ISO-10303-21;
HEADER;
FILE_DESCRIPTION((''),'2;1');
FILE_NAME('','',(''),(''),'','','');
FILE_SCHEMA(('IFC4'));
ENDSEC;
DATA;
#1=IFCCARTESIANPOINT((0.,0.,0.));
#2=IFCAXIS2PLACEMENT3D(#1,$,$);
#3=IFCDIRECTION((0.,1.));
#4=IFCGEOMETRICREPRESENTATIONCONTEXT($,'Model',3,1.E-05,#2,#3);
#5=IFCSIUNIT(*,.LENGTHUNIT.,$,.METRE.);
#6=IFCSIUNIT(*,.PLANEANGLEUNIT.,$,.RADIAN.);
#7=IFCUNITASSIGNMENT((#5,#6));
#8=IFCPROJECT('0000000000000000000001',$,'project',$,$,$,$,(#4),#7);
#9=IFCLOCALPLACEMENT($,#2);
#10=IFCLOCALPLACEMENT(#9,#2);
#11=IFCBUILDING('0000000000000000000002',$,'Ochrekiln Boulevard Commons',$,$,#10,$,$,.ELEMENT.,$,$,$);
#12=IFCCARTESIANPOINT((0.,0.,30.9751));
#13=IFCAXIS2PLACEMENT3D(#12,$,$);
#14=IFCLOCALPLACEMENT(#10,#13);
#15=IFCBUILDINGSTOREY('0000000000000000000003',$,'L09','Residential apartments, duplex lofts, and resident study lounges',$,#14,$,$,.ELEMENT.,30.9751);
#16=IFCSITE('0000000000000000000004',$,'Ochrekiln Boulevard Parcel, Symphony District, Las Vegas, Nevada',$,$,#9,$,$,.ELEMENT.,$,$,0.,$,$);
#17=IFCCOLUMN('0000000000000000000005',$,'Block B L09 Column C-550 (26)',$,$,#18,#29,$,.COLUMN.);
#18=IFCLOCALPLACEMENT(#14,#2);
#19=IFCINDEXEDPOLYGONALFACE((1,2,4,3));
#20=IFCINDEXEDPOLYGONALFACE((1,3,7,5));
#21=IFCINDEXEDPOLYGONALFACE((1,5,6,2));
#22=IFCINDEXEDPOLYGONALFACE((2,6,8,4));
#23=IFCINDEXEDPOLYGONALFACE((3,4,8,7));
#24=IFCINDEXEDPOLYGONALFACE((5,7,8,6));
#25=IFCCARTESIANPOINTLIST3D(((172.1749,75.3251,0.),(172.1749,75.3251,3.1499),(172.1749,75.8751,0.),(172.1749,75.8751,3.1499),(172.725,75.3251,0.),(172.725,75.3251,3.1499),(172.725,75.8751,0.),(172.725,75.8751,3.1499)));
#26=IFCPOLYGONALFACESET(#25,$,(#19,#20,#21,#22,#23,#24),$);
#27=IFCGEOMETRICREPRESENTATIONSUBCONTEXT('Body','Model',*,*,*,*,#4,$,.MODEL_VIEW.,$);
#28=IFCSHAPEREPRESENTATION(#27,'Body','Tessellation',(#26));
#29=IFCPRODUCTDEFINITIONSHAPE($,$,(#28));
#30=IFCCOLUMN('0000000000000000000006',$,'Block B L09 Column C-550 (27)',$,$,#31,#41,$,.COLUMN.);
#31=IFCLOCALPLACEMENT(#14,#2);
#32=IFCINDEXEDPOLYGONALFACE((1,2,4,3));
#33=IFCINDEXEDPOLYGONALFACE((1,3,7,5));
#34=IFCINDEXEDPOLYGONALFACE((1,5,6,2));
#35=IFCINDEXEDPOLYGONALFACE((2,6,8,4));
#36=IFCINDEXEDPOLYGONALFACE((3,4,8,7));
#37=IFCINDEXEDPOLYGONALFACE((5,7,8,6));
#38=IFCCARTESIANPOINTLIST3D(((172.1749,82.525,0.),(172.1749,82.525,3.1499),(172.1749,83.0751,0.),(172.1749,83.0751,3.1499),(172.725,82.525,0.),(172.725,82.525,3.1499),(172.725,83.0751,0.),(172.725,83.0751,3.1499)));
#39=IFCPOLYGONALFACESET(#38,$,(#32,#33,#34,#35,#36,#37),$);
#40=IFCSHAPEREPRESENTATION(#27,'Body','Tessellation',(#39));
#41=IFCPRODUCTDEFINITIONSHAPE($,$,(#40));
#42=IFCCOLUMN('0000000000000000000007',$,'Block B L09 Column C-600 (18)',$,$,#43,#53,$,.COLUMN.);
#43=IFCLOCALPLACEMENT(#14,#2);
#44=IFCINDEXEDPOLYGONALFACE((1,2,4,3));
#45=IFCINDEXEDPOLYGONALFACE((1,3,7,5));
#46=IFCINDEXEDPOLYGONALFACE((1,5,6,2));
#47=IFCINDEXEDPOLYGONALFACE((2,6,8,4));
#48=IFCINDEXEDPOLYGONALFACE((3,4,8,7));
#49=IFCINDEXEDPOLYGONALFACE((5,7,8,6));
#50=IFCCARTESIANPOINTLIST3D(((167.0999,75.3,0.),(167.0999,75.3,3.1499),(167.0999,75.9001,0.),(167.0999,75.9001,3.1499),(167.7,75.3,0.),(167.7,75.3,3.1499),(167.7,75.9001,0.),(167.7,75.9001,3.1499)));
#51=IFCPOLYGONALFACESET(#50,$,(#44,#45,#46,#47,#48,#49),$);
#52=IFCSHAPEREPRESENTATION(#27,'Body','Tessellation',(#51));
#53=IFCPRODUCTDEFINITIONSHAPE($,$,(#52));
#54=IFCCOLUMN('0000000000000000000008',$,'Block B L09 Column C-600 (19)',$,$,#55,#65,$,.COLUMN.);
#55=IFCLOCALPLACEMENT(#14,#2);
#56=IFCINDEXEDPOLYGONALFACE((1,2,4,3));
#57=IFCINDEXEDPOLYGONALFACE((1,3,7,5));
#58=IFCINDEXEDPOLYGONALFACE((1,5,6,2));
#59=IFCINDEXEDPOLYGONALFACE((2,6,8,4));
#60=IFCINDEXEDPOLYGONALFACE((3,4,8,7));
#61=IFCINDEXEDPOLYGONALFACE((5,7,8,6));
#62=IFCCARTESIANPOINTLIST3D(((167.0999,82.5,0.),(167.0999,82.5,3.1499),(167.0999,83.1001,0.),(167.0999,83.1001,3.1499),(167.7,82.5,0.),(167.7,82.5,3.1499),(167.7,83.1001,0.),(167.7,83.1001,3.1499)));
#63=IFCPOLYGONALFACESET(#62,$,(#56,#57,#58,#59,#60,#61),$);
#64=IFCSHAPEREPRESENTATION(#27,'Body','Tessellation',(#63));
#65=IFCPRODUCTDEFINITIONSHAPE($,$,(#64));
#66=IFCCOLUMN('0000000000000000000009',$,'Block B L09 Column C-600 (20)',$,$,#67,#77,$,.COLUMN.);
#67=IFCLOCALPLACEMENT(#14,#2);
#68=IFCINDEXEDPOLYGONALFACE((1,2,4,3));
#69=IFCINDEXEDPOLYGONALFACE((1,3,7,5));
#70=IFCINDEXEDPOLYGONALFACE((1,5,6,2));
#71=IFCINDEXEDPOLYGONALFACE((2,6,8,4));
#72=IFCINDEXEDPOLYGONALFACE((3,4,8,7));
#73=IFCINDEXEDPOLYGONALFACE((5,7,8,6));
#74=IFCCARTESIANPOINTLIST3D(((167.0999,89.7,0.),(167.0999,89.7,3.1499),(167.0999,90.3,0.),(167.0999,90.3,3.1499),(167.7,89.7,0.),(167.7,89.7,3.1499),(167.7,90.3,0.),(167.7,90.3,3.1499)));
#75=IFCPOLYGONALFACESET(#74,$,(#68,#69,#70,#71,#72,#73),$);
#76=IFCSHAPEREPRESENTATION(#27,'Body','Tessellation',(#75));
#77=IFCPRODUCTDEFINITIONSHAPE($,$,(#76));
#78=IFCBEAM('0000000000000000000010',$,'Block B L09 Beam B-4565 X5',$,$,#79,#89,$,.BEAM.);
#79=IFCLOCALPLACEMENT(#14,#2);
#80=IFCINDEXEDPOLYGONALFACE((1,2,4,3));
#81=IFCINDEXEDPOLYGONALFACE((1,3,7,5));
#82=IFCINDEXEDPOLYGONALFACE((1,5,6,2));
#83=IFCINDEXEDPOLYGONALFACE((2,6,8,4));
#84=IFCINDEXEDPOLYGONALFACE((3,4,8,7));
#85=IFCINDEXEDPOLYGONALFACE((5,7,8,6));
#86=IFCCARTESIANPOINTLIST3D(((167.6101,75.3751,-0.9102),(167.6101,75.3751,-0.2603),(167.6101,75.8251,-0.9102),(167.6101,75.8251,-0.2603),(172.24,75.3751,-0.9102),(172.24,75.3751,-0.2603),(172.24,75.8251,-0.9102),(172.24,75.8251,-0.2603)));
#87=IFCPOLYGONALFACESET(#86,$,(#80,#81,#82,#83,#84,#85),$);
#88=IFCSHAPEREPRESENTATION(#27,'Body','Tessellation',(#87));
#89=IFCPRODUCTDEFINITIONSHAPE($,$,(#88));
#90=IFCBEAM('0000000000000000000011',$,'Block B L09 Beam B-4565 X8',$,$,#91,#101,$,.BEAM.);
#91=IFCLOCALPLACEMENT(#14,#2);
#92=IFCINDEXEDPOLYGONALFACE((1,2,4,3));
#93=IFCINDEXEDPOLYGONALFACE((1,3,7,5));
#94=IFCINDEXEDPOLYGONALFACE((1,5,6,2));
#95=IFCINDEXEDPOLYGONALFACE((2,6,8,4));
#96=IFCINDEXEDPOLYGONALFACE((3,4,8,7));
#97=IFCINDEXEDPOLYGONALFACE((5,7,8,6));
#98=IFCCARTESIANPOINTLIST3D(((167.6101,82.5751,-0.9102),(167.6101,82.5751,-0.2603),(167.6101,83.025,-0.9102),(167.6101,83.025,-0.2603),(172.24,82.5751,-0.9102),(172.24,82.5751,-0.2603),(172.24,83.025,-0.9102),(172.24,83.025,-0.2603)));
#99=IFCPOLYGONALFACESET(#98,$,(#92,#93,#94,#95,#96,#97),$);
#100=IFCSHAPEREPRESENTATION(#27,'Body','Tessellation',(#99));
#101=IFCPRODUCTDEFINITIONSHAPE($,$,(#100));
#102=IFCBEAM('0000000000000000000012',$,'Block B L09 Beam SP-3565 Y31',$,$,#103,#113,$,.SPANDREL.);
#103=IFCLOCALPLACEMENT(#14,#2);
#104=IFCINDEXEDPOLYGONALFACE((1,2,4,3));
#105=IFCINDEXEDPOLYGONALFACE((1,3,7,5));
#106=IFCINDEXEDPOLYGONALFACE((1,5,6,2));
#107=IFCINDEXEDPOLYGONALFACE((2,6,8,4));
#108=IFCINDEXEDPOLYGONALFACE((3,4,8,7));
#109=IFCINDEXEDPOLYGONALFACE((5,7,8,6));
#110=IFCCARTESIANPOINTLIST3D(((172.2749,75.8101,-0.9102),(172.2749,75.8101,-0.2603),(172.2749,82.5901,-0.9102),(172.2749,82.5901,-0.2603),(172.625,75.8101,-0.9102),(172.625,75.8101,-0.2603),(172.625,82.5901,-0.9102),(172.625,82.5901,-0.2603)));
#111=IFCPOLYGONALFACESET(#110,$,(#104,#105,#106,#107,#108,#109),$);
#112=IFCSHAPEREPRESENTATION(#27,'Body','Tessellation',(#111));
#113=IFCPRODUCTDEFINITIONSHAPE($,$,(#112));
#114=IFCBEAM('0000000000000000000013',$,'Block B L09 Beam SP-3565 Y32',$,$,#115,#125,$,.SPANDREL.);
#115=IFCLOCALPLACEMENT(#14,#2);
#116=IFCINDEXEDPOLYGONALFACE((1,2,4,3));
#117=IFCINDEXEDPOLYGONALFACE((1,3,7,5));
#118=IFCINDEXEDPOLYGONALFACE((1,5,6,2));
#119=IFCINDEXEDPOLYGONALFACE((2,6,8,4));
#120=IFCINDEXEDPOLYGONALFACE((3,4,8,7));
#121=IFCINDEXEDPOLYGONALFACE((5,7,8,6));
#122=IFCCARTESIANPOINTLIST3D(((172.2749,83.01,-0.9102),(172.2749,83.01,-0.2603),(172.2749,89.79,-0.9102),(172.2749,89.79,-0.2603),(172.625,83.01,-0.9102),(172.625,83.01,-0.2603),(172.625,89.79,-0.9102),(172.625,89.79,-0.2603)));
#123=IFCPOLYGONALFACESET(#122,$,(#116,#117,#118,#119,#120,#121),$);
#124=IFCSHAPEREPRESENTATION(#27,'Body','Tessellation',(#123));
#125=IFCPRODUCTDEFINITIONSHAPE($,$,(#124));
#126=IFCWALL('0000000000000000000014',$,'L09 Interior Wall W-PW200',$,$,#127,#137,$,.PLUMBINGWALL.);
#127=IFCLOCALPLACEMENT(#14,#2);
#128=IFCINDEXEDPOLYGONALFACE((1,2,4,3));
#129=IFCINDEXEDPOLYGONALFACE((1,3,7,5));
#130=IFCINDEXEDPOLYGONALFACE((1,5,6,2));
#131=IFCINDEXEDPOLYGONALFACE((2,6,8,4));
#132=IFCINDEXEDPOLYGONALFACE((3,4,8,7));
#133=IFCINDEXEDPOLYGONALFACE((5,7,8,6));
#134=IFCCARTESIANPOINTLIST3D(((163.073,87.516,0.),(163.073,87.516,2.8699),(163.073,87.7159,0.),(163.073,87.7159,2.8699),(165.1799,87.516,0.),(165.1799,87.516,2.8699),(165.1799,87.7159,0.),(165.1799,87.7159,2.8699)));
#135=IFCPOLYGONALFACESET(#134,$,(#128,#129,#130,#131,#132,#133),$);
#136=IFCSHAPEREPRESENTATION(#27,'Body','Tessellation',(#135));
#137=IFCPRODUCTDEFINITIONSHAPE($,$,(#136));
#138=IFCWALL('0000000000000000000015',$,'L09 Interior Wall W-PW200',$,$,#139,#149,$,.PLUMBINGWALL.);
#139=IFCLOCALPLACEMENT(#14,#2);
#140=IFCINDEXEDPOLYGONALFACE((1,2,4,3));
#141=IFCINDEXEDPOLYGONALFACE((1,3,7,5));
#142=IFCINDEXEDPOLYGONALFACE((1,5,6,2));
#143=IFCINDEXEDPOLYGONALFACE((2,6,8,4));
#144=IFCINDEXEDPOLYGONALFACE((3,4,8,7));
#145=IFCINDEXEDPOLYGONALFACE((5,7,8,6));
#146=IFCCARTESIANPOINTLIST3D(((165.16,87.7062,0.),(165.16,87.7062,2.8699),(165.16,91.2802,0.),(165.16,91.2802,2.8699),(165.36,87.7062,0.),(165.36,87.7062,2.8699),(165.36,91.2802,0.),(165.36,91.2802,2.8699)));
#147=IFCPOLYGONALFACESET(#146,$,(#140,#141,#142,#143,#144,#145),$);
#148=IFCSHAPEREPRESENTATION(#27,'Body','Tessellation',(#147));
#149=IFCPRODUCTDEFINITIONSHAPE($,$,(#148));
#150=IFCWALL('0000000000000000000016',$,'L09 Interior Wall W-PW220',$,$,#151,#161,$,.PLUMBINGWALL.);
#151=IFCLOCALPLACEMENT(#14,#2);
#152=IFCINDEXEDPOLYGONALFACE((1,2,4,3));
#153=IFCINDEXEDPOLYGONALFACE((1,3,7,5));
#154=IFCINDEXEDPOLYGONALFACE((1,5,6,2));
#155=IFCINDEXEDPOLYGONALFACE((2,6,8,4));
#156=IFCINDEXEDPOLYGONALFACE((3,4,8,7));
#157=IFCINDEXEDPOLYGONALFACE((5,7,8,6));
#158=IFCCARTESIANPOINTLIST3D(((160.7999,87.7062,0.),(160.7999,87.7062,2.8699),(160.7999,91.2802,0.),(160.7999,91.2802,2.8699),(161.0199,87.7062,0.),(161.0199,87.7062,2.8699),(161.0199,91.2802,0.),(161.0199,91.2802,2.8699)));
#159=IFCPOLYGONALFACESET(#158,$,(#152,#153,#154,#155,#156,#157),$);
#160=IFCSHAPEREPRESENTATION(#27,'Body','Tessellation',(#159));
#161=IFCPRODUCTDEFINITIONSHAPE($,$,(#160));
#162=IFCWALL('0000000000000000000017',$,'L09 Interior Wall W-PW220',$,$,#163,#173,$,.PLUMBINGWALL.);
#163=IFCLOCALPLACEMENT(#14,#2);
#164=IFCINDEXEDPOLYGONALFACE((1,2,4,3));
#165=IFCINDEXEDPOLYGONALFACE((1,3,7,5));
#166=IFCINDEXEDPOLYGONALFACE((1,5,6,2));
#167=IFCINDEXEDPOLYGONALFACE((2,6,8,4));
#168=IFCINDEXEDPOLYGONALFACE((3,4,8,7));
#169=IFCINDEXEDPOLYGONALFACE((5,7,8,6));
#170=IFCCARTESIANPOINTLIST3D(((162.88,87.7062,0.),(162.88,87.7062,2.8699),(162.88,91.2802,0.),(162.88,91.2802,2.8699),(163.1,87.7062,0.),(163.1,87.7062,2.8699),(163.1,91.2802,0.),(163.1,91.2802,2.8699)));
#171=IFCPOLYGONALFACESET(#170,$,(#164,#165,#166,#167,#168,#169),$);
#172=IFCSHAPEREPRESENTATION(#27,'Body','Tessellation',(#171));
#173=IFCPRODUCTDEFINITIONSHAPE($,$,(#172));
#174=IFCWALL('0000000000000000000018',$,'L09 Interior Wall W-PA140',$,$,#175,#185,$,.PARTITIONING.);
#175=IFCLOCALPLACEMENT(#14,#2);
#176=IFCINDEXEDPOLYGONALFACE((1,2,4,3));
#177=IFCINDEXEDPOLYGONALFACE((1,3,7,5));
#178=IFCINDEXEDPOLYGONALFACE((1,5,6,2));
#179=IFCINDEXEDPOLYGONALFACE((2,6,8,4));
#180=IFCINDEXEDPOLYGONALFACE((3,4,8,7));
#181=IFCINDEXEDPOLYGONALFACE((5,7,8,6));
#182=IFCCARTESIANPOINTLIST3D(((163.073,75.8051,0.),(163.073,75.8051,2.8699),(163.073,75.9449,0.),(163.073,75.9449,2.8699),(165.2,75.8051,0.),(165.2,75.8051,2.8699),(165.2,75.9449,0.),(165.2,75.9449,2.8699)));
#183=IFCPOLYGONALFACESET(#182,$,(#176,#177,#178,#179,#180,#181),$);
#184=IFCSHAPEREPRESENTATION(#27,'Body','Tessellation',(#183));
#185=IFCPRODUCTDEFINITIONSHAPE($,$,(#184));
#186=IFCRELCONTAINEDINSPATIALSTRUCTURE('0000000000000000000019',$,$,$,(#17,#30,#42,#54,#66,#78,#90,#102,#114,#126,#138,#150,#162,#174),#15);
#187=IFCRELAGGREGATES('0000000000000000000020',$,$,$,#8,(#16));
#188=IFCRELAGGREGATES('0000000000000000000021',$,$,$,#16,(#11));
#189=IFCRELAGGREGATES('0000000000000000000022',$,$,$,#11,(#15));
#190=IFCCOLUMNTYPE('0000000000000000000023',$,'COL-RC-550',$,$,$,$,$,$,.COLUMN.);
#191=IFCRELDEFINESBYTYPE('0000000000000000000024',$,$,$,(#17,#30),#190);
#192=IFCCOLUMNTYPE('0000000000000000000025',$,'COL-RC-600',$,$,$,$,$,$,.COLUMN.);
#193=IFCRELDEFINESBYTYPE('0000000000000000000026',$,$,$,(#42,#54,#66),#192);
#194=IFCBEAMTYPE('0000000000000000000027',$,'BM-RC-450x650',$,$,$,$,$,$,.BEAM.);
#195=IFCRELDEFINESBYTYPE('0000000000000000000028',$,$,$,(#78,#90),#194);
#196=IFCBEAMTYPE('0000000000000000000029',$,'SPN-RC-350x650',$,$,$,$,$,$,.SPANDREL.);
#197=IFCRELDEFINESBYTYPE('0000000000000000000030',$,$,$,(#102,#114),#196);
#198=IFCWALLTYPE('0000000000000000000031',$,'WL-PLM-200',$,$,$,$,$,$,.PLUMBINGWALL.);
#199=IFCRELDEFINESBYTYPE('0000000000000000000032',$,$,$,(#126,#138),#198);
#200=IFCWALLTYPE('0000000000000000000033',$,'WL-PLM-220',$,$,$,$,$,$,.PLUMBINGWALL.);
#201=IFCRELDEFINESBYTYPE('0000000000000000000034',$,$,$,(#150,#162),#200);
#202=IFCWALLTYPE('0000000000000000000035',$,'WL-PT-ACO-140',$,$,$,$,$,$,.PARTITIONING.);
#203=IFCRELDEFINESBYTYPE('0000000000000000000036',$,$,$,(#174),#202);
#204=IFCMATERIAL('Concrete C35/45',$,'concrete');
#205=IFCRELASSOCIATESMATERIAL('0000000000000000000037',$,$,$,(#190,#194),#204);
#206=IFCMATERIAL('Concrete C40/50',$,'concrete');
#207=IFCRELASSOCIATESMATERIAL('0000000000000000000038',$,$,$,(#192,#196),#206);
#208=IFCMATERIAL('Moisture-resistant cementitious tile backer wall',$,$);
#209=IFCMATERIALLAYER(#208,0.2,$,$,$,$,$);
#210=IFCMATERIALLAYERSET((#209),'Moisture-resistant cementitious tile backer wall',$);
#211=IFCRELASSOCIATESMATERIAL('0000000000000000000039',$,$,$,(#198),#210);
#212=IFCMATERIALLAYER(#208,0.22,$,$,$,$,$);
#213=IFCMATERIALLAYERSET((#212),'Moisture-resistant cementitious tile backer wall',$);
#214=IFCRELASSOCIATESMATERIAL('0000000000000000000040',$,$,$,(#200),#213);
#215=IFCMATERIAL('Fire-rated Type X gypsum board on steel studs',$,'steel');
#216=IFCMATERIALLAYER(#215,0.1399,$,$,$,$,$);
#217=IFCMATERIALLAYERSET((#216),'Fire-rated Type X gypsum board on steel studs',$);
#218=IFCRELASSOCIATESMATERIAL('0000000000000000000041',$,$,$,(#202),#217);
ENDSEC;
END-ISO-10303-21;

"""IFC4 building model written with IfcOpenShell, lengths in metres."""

from ifc_helpers import new_model, si_unit, direction, frame, frame_2d, origin, origin_2d, place, context, subcontext, project, spatial, rectangle, extrude, material, layer, layer_set, material_profile, profile_set, type_object, element, save


model = new_model("IFC4")

# Units and contexts
model_context = context("Model", 3, precision=1e-05, world=origin(), true_north=direction((0.0, 1.0)))
body_context = subcontext(model_context, "Body", "Model", "MODEL_VIEW")
ifc_project = project(units=[si_unit("LENGTHUNIT", "METRE"), si_unit("PLANEANGLEUNIT", "RADIAN")], contexts=[model_context])

# Site, building, storey
site_placement = place(None, origin())
site = spatial("IfcSite", under=ifc_project, at=site_placement, Name="Ochrekiln Boulevard Parcel, Symphony District, Las Vegas, Nevada", CompositionType="ELEMENT", RefElevation=0.0)
building_placement = place(site_placement, origin())
building = spatial("IfcBuilding", under=site, at=building_placement, Name="Ochrekiln Boulevard Commons", CompositionType="ELEMENT")
storey_placement = place(building_placement, frame((0.0, 0.0, 30.9751)))
storey = spatial("IfcBuildingStorey", under=building, at=storey_placement, Name="L09", Description="Residential apartments, duplex lofts, and resident study lounges", CompositionType="ELEMENT", Elevation=30.9751)

# Columns
ifc_material_1 = material(Name="Concrete C35/45", Category="concrete")
ifc_material_profile_1 = material_profile(ifc_material_1, rectangle(XDim=0.55, YDim=0.55, at=origin_2d()), Name="RC-COL-550x550")
ifc_profile_set_1 = profile_set([ifc_material_profile_1], Name="Concrete C35/45")
column_type_1 = type_object("IfcColumnType", Name="COL-RC-550", PredefinedType="COLUMN", material=ifc_profile_set_1)
for number, where, z_axis, x_axis, name in (
    (1, (172.45, 75.6001, 0.0), (0.0, 0.0, 1.0), (1.0, 0.0, 0.0), "Block B L09 Column C-550 (26)"),
    (2, (172.45, 82.8, 0.0), (0.0, 0.0, 1.0), (1.0, 0.0, 0.0), "Block B L09 Column C-550 (27)"),
):
    element("IfcColumn", number, at=place(storey_placement, frame(where, z_axis=z_axis, x_axis=x_axis)), inside=storey, type_object=column_type_1, Name=name, PredefinedType="COLUMN", context=body_context, shape_type="SweptSolid", body=[
        extrude(rectangle(XDim=0.55, YDim=0.55, at=origin_2d()), origin(), (0.0, 0.0, 1.0), 3.1499),
    ])
ifc_material_2 = material(Name="Concrete C40/50", Category="concrete")
ifc_material_profile_2 = material_profile(ifc_material_2, rectangle(XDim=0.6001, YDim=0.6001, at=origin_2d()), Name="RC-COL-600x600")
ifc_profile_set_2 = profile_set([ifc_material_profile_2], Name="Concrete C40/50")
column_type_2 = type_object("IfcColumnType", Name="COL-RC-600", PredefinedType="COLUMN", material=ifc_profile_set_2)
for number, where, z_axis, x_axis, name in (
    (3, (167.3999, 75.6001, 0.0), (0.0, 0.0, 1.0), (1.0, 0.0, 0.0), "Block B L09 Column C-600 (18)"),
    (4, (167.3999, 82.8, 0.0), (0.0, 0.0, 1.0), (1.0, 0.0, 0.0), "Block B L09 Column C-600 (19)"),
    (5, (167.3999, 90.0, 0.0), (0.0, 0.0, 1.0), (1.0, 0.0, 0.0), "Block B L09 Column C-600 (20)"),
):
    element("IfcColumn", number, at=place(storey_placement, frame(where, z_axis=z_axis, x_axis=x_axis)), inside=storey, type_object=column_type_2, Name=name, PredefinedType="COLUMN", context=body_context, shape_type="SweptSolid", body=[
        extrude(rectangle(XDim=0.6001, YDim=0.6001, at=origin_2d()), origin(), (0.0, 0.0, 1.0), 3.1499),
    ])

# Beams
ifc_material_profile_3 = material_profile(ifc_material_1, rectangle(XDim=0.45, YDim=0.6499, at=origin_2d()), Name="RC-BM-450x650")
ifc_profile_set_3 = profile_set([ifc_material_profile_3], Name="Concrete C35/45")
beam_type_1 = type_object("IfcBeamType", Name="BM-RC-450x650", PredefinedType="BEAM", material=ifc_profile_set_3)
for number, where, z_axis, x_axis, name in (
    (6, (167.6101, 75.6001, -0.5852), (1.0, 0.0, 0.0), (0.0, 1.0, 0.0), "Block B L09 Beam B-4565 X5"),
    (7, (167.6101, 82.8, -0.5852), (1.0, 0.0, 0.0), (0.0, 1.0, 0.0), "Block B L09 Beam B-4565 X8"),
):
    element("IfcBeam", number, at=place(storey_placement, frame(where, z_axis=z_axis, x_axis=x_axis)), inside=storey, type_object=beam_type_1, Name=name, PredefinedType="BEAM", context=body_context, shape_type="SweptSolid", body=[
        extrude(rectangle(XDim=0.45, YDim=0.6499, at=origin_2d()), origin(), (0.0, 0.0, 1.0), 4.6299),
    ])
ifc_material_profile_4 = material_profile(ifc_material_2, rectangle(XDim=0.3501, YDim=0.6499, at=origin_2d()), Name="RC-SPN-350x650")
ifc_profile_set_4 = profile_set([ifc_material_profile_4], Name="Concrete C40/50")
beam_type_2 = type_object("IfcBeamType", Name="SPN-RC-350x650", PredefinedType="SPANDREL", material=ifc_profile_set_4)
for number, where, z_axis, x_axis, name in (
    (8, (172.45, 75.8101, -0.5852), (0.0, 1.0, 0.0), (-1.0, 0.0, 0.0), "Block B L09 Beam SP-3565 Y31"),
    (9, (172.45, 83.01, -0.5852), (0.0, 1.0, 0.0), (-1.0, 0.0, 0.0), "Block B L09 Beam SP-3565 Y32"),
):
    element("IfcBeam", number, at=place(storey_placement, frame(where, z_axis=z_axis, x_axis=x_axis)), inside=storey, type_object=beam_type_2, Name=name, PredefinedType="SPANDREL", context=body_context, shape_type="SweptSolid", body=[
        extrude(rectangle(XDim=0.3501, YDim=0.6499, at=origin_2d()), origin(), (0.0, 0.0, 1.0), 6.78),
    ])

# Walls
ifc_material_3 = material(Name="Moisture-resistant cementitious tile backer wall")
ifc_layer_1 = layer(ifc_material_3, 0.2)
ifc_layer_set_1 = layer_set([ifc_layer_1], Name="Moisture-resistant cementitious tile backer wall")
wall_type_1 = type_object("IfcWallType", Name="WL-PLM-200", PredefinedType="PLUMBINGWALL", material=ifc_layer_set_1)
wall_1_placement = place(storey_placement, frame((163.073, 87.616, 0.0), z_axis=(0.0, 0.0, 1.0), x_axis=(1.0, 0.0, 0.0)))
element("IfcWall", 10, at=wall_1_placement, inside=storey, type_object=wall_type_1, Name="L09 Interior Wall W-PW200", PredefinedType="PLUMBINGWALL", context=body_context, shape_type="SweptSolid", body=[
    extrude(rectangle(XDim=2.1069, YDim=0.2, at=frame_2d((1.0535, 0.0))), origin(), (0.0, 0.0, 1.0), 2.8699),
])
wall_2_placement = place(storey_placement, frame((165.26, 87.7061, 0.0), z_axis=(0.0, 0.0, 1.0), x_axis=(0.0, 1.0, 0.0)))
element("IfcWall", 11, at=wall_2_placement, inside=storey, type_object=wall_type_1, Name="L09 Interior Wall W-PW200", PredefinedType="PLUMBINGWALL", context=body_context, shape_type="SweptSolid", body=[
    extrude(rectangle(XDim=3.574, YDim=0.2, at=frame_2d((1.7871, 0.0))), origin(), (0.0, 0.0, 1.0), 2.8699),
])
ifc_layer_2 = layer(ifc_material_3, 0.22)
ifc_layer_set_2 = layer_set([ifc_layer_2], Name="Moisture-resistant cementitious tile backer wall")
wall_type_2 = type_object("IfcWallType", Name="WL-PLM-220", PredefinedType="PLUMBINGWALL", material=ifc_layer_set_2)
for number, where, z_axis, x_axis, name in (
    (12, (160.9099, 87.7061, 0.0), (0.0, 0.0, 1.0), (0.0, 1.0, 0.0), "L09 Interior Wall W-PW220"),
    (13, (162.99, 87.7061, 0.0), (0.0, 0.0, 1.0), (0.0, 1.0, 0.0), "L09 Interior Wall W-PW220"),
):
    element("IfcWall", number, at=place(storey_placement, frame(where, z_axis=z_axis, x_axis=x_axis)), inside=storey, type_object=wall_type_2, Name=name, PredefinedType="PLUMBINGWALL", context=body_context, shape_type="SweptSolid", body=[
        extrude(rectangle(XDim=3.574, YDim=0.22, at=frame_2d((1.7871, 0.0))), origin(), (0.0, 0.0, 1.0), 2.8699),
    ])
ifc_material_4 = material(Name="Fire-rated Type X gypsum board on steel studs", Category="steel")
ifc_layer_3 = layer(ifc_material_4, 0.1399)
ifc_layer_set_3 = layer_set([ifc_layer_3], Name="Fire-rated Type X gypsum board on steel studs")
wall_type_3 = type_object("IfcWallType", Name="WL-PT-ACO-140", PredefinedType="PARTITIONING", material=ifc_layer_set_3)
wall_3_placement = place(storey_placement, frame((163.073, 75.875, 0.0), z_axis=(0.0, 0.0, 1.0), x_axis=(1.0, 0.0, 0.0)))
element("IfcWall", 14, at=wall_3_placement, inside=storey, type_object=wall_type_3, Name="L09 Interior Wall W-PA140", PredefinedType="PARTITIONING", context=body_context, shape_type="SweptSolid", body=[
    extrude(rectangle(XDim=2.127, YDim=0.1399, at=frame_2d((1.0635, 0.0))), origin(), (0.0, 0.0, 1.0), 2.8699),
])

save(model, "model.ifc")
